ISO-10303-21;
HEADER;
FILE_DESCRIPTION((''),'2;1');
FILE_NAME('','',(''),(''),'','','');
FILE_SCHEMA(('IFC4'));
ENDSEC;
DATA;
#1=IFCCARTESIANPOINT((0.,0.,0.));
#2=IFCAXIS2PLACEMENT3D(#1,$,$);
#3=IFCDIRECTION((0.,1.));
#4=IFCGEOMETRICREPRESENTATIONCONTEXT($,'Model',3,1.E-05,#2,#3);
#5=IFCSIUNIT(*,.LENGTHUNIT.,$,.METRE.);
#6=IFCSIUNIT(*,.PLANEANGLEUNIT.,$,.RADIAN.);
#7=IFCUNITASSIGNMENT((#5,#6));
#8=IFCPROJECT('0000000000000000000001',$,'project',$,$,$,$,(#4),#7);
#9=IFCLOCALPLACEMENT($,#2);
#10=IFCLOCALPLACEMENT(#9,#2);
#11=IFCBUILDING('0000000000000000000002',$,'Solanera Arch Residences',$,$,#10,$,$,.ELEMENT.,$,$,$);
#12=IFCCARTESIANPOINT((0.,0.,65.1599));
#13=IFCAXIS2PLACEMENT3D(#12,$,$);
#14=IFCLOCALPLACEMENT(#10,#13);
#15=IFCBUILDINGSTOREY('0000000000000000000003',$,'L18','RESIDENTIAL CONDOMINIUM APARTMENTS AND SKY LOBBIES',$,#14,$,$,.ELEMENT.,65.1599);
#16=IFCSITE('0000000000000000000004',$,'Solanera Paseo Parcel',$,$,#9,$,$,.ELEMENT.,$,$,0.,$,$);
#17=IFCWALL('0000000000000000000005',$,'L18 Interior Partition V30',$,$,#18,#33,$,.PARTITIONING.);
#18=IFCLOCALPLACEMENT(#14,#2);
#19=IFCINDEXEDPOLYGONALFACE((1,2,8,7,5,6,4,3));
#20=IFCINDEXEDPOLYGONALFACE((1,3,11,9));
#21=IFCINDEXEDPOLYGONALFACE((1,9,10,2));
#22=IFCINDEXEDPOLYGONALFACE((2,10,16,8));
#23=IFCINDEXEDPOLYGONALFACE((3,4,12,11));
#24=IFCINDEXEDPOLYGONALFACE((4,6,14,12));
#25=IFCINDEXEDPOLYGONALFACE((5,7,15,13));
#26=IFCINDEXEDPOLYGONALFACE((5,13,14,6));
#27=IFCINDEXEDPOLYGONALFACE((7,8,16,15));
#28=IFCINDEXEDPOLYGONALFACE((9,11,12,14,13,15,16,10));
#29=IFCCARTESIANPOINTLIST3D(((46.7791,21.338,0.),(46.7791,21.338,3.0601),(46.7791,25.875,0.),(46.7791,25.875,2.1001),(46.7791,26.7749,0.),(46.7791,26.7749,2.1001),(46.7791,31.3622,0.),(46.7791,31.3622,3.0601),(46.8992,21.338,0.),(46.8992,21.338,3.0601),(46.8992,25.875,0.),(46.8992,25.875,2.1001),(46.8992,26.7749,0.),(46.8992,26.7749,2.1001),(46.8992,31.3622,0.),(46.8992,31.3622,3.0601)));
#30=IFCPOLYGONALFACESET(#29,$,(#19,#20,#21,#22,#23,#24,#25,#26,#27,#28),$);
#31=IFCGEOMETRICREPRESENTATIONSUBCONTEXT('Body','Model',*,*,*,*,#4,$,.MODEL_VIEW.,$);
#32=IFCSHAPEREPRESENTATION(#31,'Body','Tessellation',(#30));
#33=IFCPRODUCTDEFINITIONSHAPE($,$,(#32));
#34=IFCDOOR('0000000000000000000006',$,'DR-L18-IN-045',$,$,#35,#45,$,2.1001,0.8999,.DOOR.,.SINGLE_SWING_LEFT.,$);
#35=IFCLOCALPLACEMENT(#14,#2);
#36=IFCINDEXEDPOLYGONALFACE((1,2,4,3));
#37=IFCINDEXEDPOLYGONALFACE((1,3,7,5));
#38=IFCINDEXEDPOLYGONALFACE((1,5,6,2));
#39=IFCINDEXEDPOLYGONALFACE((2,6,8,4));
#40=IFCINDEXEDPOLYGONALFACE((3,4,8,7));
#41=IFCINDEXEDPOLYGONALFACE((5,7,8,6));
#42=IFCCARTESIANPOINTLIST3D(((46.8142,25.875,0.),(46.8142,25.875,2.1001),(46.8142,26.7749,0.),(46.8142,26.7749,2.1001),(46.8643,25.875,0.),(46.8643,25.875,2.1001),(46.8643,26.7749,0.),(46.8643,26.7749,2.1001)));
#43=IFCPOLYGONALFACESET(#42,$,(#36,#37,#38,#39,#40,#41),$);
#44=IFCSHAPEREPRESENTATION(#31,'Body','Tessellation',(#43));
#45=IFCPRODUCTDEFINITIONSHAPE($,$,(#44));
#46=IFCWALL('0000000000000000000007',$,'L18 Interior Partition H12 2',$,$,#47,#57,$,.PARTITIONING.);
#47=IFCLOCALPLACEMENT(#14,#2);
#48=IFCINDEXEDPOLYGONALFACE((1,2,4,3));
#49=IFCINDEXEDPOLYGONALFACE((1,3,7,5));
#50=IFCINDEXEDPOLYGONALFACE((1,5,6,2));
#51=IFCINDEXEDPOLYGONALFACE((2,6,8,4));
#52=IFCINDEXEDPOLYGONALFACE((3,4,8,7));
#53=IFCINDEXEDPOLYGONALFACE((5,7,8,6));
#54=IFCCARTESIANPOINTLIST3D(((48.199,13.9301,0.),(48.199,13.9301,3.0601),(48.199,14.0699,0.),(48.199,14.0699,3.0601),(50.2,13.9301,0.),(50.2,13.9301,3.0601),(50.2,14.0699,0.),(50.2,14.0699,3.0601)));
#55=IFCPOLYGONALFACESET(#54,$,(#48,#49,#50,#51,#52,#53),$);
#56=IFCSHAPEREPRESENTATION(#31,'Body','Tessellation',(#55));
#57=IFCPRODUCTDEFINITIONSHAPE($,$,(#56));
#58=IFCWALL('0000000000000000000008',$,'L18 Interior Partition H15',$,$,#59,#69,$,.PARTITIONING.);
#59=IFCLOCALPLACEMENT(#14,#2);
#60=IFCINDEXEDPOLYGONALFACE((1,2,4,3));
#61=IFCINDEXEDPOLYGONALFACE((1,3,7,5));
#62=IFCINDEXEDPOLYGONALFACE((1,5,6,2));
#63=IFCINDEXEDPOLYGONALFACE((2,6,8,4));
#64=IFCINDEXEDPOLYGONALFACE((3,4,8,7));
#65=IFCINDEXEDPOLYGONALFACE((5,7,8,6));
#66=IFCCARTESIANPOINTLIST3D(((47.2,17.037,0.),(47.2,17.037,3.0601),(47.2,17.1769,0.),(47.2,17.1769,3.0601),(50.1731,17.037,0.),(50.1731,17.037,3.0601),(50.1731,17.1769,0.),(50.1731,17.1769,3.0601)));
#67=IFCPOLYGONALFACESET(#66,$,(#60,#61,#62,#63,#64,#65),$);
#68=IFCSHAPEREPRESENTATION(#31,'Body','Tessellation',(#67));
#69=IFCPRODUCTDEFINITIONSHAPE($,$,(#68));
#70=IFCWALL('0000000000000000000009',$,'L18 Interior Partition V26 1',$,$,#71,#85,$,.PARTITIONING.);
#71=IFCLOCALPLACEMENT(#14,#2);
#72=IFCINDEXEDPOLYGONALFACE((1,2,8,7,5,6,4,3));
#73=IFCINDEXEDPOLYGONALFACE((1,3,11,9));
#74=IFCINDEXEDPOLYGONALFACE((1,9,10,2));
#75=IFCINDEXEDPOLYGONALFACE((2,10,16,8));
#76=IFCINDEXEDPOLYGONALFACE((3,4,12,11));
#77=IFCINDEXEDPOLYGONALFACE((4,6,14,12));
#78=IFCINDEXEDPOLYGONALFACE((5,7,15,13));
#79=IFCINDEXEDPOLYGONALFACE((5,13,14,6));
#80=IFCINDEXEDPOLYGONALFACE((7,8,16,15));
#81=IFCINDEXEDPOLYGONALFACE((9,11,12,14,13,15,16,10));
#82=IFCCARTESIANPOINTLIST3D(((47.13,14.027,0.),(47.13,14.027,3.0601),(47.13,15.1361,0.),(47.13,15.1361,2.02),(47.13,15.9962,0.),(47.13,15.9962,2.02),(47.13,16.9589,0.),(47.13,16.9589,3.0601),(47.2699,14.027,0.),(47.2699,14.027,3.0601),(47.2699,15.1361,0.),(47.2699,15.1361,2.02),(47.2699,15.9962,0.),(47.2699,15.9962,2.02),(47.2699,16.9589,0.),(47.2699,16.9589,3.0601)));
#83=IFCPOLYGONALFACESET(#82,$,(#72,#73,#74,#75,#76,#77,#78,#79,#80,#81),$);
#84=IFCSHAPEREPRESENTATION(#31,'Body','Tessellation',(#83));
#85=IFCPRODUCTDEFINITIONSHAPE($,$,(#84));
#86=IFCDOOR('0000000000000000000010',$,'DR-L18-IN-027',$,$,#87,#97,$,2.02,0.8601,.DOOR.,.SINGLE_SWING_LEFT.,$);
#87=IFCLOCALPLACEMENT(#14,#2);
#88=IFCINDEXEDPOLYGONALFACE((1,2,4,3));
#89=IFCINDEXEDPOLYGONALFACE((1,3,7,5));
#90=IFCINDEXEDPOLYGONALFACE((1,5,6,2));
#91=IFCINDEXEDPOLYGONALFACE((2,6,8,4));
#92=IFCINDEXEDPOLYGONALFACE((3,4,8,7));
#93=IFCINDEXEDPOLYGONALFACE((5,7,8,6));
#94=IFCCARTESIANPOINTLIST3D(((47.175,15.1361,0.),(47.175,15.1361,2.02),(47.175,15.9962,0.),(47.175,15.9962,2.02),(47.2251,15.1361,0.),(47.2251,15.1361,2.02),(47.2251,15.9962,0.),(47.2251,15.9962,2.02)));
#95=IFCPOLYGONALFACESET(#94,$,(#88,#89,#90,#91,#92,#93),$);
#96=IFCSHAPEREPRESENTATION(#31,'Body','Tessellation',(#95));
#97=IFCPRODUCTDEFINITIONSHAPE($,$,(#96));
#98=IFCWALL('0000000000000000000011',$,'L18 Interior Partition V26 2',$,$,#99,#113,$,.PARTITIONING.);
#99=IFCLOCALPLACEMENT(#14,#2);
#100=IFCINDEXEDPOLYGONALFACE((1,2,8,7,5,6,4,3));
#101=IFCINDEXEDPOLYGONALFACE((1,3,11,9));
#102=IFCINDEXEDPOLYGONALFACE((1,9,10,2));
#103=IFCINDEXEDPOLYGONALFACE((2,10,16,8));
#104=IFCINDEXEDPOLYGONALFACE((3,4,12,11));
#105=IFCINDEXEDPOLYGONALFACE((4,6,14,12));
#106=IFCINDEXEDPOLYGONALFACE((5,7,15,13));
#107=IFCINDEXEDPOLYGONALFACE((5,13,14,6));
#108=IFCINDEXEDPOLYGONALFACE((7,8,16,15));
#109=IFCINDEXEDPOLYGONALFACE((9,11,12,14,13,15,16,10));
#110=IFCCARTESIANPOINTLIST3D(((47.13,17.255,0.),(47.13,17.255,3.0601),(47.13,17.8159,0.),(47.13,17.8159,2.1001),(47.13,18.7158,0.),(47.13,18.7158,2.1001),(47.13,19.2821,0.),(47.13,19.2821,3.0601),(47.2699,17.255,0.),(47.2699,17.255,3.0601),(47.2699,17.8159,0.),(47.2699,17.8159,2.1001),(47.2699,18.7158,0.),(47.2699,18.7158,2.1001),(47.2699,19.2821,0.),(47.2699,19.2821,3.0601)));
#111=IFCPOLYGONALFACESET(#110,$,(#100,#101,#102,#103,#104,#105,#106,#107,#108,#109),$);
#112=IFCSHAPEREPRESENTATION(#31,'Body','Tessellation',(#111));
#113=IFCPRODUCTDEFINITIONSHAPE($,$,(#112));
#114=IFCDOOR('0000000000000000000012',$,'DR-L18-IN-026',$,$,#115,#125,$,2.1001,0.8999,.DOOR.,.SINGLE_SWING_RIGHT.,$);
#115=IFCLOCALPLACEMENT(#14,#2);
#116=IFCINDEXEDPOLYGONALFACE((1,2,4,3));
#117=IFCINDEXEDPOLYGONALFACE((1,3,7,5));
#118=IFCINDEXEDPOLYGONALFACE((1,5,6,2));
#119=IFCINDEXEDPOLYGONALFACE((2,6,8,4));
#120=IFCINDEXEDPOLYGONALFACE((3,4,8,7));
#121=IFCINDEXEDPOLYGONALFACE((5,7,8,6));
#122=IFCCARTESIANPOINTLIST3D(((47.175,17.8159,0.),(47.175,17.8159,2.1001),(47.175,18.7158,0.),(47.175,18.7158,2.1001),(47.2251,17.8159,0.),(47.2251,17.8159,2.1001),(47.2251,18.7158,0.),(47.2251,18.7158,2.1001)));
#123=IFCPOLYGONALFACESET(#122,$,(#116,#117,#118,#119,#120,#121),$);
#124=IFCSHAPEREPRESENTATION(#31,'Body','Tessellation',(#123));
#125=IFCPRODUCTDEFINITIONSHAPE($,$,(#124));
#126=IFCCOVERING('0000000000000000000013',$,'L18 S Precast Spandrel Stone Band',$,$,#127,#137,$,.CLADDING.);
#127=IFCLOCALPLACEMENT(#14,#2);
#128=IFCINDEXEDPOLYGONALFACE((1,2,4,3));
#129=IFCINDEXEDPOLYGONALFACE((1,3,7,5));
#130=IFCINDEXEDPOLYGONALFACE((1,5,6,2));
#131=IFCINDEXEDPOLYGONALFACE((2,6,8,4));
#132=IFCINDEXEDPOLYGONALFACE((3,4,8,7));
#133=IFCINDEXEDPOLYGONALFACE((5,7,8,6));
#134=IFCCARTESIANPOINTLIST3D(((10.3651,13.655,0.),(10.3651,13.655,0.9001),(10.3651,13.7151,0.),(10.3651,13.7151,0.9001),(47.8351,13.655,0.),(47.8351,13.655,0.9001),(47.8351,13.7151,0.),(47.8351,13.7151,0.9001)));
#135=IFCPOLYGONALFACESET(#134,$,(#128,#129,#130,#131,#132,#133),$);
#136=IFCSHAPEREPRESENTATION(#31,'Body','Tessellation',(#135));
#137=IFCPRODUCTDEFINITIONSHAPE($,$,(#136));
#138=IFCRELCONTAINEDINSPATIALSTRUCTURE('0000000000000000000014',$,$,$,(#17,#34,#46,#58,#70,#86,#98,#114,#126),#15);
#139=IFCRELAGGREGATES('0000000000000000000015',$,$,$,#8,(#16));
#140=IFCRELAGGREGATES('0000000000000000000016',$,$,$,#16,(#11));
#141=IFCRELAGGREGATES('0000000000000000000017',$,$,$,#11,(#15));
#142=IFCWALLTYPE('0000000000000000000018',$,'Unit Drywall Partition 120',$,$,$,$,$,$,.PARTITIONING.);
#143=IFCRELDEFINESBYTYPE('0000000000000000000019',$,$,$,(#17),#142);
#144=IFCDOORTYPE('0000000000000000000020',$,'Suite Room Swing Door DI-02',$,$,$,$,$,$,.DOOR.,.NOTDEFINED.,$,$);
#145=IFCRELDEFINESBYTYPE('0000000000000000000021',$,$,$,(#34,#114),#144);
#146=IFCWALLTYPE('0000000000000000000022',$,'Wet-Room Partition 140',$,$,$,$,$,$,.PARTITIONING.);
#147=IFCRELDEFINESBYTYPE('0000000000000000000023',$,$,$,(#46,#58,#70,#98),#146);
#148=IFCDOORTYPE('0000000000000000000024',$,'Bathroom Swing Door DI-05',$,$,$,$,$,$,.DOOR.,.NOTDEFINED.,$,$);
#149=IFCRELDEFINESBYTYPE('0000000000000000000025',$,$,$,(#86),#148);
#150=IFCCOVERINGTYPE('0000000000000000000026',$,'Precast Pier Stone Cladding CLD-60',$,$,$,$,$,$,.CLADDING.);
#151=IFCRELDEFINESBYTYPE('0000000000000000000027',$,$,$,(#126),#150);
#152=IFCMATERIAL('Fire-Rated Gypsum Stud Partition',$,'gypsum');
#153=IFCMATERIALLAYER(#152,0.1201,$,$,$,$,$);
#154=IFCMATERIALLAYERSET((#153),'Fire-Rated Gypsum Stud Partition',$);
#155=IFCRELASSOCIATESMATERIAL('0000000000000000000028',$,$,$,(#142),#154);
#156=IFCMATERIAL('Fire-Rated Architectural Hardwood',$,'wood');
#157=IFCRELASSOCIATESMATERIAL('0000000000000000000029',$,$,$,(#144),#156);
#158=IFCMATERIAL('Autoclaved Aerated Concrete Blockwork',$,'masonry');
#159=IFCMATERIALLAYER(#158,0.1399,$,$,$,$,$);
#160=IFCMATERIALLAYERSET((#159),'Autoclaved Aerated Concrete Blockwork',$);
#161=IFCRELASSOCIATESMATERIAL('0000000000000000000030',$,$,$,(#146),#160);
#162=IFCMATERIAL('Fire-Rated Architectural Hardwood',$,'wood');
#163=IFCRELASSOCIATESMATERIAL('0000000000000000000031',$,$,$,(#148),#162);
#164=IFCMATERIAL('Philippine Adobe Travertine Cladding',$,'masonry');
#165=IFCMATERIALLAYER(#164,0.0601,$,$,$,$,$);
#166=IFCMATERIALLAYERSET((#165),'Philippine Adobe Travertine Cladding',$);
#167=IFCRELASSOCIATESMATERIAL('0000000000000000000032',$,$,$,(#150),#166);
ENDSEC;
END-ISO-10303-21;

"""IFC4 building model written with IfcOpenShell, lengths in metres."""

from ifc_helpers import new_model, si_unit, direction, frame, frame_2d, origin, place, context, subcontext, project, spatial, rectangle, extrude, material, layer, layer_set, type_object, element, fill, save


model = new_model("IFC4")

# Units and contexts
model_context = context("Model", 3, precision=1e-05, world=origin(), true_north=direction((0.0, 1.0)))
body_context = subcontext(model_context, "Body", "Model", "MODEL_VIEW")
ifc_project = project(units=[si_unit("LENGTHUNIT", "METRE"), si_unit("PLANEANGLEUNIT", "RADIAN")], contexts=[model_context])

# Site, building, storey
site_placement = place(None, origin())
site = spatial("IfcSite", under=ifc_project, at=site_placement, Name="Solanera Paseo Parcel", CompositionType="ELEMENT", RefElevation=0.0)
building_placement = place(site_placement, origin())
building = spatial("IfcBuilding", under=site, at=building_placement, Name="Solanera Arch Residences", CompositionType="ELEMENT")
storey_placement = place(building_placement, frame((0.0, 0.0, 65.1599)))
storey = spatial("IfcBuildingStorey", under=building, at=storey_placement, Name="L18", Description="RESIDENTIAL CONDOMINIUM APARTMENTS AND SKY LOBBIES", CompositionType="ELEMENT", Elevation=65.1599)

# Wall, opening, door
ifc_material_1 = material(Name="Fire-Rated Gypsum Stud Partition", Category="gypsum")
ifc_layer_1 = layer(ifc_material_1, 0.1201)
ifc_layer_set_1 = layer_set([ifc_layer_1], Name="Fire-Rated Gypsum Stud Partition")
wall_type_1 = type_object("IfcWallType", Name="Unit Drywall Partition 120", PredefinedType="PARTITIONING", material=ifc_layer_set_1)
wall_1_placement = place(storey_placement, frame((46.8391, 21.3379, 0.0), z_axis=(0.0, 0.0, 1.0), x_axis=(0.0, 1.0, 0.0)))
wall_1 = element("IfcWall", 1, at=wall_1_placement, inside=storey, type_object=wall_type_1, Name="L18 Interior Partition V30", PredefinedType="PARTITIONING", context=body_context, shape_type="SweptSolid", body=[
    extrude(rectangle(XDim=10.0242, YDim=0.1201, at=frame_2d((5.0122, 0.0))), origin(), (0.0, 0.0, 1.0), 3.0601),
])
opening_1_placement = place(wall_1_placement, frame((4.5371, 0.0, 0.0)))
opening_1 = element("IfcOpeningElement", 2, at=opening_1_placement, cuts=wall_1, PredefinedType="OPENING", context=body_context, shape_type="SweptSolid", body=[
    extrude(rectangle(XDim=0.8999, YDim=2.1001, at=frame_2d((0.45, 1.05))), frame((0.0, 0.0701, 0.0), z_axis=(0.0, -1.0, 0.0), x_axis=(1.0, 0.0, 0.0)), (0.0, 0.0, 1.0), 0.1401),
])
ifc_material_2 = material(Name="Fire-Rated Architectural Hardwood", Category="wood")
door_type_1 = type_object("IfcDoorType", Name="Suite Room Swing Door DI-02", OperationType="NOTDEFINED", PredefinedType="DOOR", material=ifc_material_2)
door_1_placement = place(opening_1_placement, origin())
door_1 = element("IfcDoor", 3, at=door_1_placement, inside=storey, type_object=door_type_1, Name="DR-L18-IN-045", OperationType="SINGLE_SWING_LEFT", OverallHeight=2.1001, OverallWidth=0.8999, PredefinedType="DOOR", context=body_context, shape_type="SweptSolid", body=[
    extrude(rectangle(XDim=0.8999, YDim=2.1001, at=frame_2d((0.45, 1.05))), frame((0.0, 0.0249, 0.0), z_axis=(0.0, -1.0, 0.0), x_axis=(1.0, 0.0, 0.0)), (0.0, 0.0, 1.0), 0.05),
])
fill(opening_1, door_1)

# Walls
ifc_material_3 = material(Name="Autoclaved Aerated Concrete Blockwork", Category="masonry")
ifc_layer_2 = layer(ifc_material_3, 0.1399)
ifc_layer_set_2 = layer_set([ifc_layer_2], Name="Autoclaved Aerated Concrete Blockwork")
wall_type_2 = type_object("IfcWallType", Name="Wet-Room Partition 140", PredefinedType="PARTITIONING", material=ifc_layer_set_2)
wall_2_placement = place(storey_placement, frame((48.199, 14.0, 0.0), z_axis=(0.0, 0.0, 1.0), x_axis=(1.0, 0.0, 0.0)))
element("IfcWall", 4, at=wall_2_placement, inside=storey, type_object=wall_type_2, Name="L18 Interior Partition H12 2", PredefinedType="PARTITIONING", context=body_context, shape_type="SweptSolid", body=[
    extrude(rectangle(XDim=2.001, YDim=0.1399, at=frame_2d((1.0005, 0.0))), origin(), (0.0, 0.0, 1.0), 3.0601),
])
wall_3_placement = place(storey_placement, frame((47.2, 17.1069, 0.0), z_axis=(0.0, 0.0, 1.0), x_axis=(1.0, 0.0, 0.0)))
element("IfcWall", 5, at=wall_3_placement, inside=storey, type_object=wall_type_2, Name="L18 Interior Partition H15", PredefinedType="PARTITIONING", context=body_context, shape_type="SweptSolid", body=[
    extrude(rectangle(XDim=2.9731, YDim=0.1399, at=frame_2d((1.4866, 0.0))), origin(), (0.0, 0.0, 1.0), 3.0601),
])

# Walls, openings, doors
wall_4_placement = place(storey_placement, frame((47.2, 14.0271, 0.0), z_axis=(0.0, 0.0, 1.0), x_axis=(0.0, 1.0, 0.0)))
wall_4 = element("IfcWall", 6, at=wall_4_placement, inside=storey, type_object=wall_type_2, Name="L18 Interior Partition V26 1", PredefinedType="PARTITIONING", context=body_context, shape_type="SweptSolid", body=[
    extrude(rectangle(XDim=2.9319, YDim=0.1399, at=frame_2d((1.4658, 0.0))), origin(), (0.0, 0.0, 1.0), 3.0601),
])
opening_2_placement = place(wall_4_placement, frame((1.1089, 0.0, 0.0)))
opening_2 = element("IfcOpeningElement", 7, at=opening_2_placement, cuts=wall_4, PredefinedType="OPENING", context=body_context, shape_type="SweptSolid", body=[
    extrude(rectangle(XDim=0.8601, YDim=2.02, at=frame_2d((0.4302, 1.01))), frame((0.0, 0.0798, 0.0), z_axis=(0.0, -1.0, 0.0), x_axis=(1.0, 0.0, 0.0)), (0.0, 0.0, 1.0), 0.1599),
])
ifc_material_4 = material(Name="Fire-Rated Architectural Hardwood", Category="wood")
door_type_2 = type_object("IfcDoorType", Name="Bathroom Swing Door DI-05", OperationType="NOTDEFINED", PredefinedType="DOOR", material=ifc_material_4)
door_2_placement = place(opening_2_placement, origin())
door_2 = element("IfcDoor", 8, at=door_2_placement, inside=storey, type_object=door_type_2, Name="DR-L18-IN-027", OperationType="SINGLE_SWING_LEFT", OverallHeight=2.02, OverallWidth=0.8601, PredefinedType="DOOR", context=body_context, shape_type="SweptSolid", body=[
    extrude(rectangle(XDim=0.8601, YDim=2.02, at=frame_2d((0.4302, 1.01))), frame((0.0, 0.0249, 0.0), z_axis=(0.0, -1.0, 0.0), x_axis=(1.0, 0.0, 0.0)), (0.0, 0.0, 1.0), 0.05),
])
fill(opening_2, door_2)
wall_5_placement = place(storey_placement, frame((47.2, 17.2549, 0.0), z_axis=(0.0, 0.0, 1.0), x_axis=(0.0, 1.0, 0.0)))
wall_5 = element("IfcWall", 9, at=wall_5_placement, inside=storey, type_object=wall_type_2, Name="L18 Interior Partition V26 2", PredefinedType="PARTITIONING", context=body_context, shape_type="SweptSolid", body=[
    extrude(rectangle(XDim=2.0271, YDim=0.1399, at=frame_2d((1.0137, 0.0))), origin(), (0.0, 0.0, 1.0), 3.0601),
])
opening_3_placement = place(wall_5_placement, frame((0.561, 0.0, 0.0)))
opening_3 = element("IfcOpeningElement", 10, at=opening_3_placement, cuts=wall_5, PredefinedType="OPENING", context=body_context, shape_type="SweptSolid", body=[
    extrude(rectangle(XDim=0.8999, YDim=2.1001, at=frame_2d((0.45, 1.05))), frame((0.0, 0.0798, 0.0), z_axis=(0.0, -1.0, 0.0), x_axis=(1.0, 0.0, 0.0)), (0.0, 0.0, 1.0), 0.1599),
])
door_3_placement = place(opening_3_placement, origin())
door_3 = element("IfcDoor", 11, at=door_3_placement, inside=storey, type_object=door_type_1, Name="DR-L18-IN-026", OperationType="SINGLE_SWING_RIGHT", OverallHeight=2.1001, OverallWidth=0.8999, PredefinedType="DOOR", context=body_context, shape_type="SweptSolid", body=[
    extrude(rectangle(XDim=0.8999, YDim=2.1001, at=frame_2d((0.45, 1.05))), frame((0.0, 0.0249, 0.0), z_axis=(0.0, -1.0, 0.0), x_axis=(1.0, 0.0, 0.0)), (0.0, 0.0, 1.0), 0.05),
])
fill(opening_3, door_3)

# Covering
ifc_material_5 = material(Name="Philippine Adobe Travertine Cladding", Category="masonry")
ifc_layer_3 = layer(ifc_material_5, 0.0601)
ifc_layer_set_3 = layer_set([ifc_layer_3], Name="Philippine Adobe Travertine Cladding")
covering_type = type_object("IfcCoveringType", Name="Precast Pier Stone Cladding CLD-60", PredefinedType="CLADDING", material=ifc_layer_set_3)
covering_placement = place(storey_placement, frame((47.835, 13.6851, 0.0), z_axis=(0.0, 0.0, 1.0), x_axis=(-1.0, 0.0, 0.0)))
element("IfcCovering", 12, at=covering_placement, inside=storey, type_object=covering_type, Name="L18 S Precast Spandrel Stone Band", PredefinedType="CLADDING", context=body_context, shape_type="SweptSolid", body=[
    extrude(rectangle(XDim=37.47, YDim=0.0601, at=frame_2d((18.7349, 0.0))), origin(), (0.0, 0.0, 1.0), 0.9001),
])

save(model, "model.ifc")
